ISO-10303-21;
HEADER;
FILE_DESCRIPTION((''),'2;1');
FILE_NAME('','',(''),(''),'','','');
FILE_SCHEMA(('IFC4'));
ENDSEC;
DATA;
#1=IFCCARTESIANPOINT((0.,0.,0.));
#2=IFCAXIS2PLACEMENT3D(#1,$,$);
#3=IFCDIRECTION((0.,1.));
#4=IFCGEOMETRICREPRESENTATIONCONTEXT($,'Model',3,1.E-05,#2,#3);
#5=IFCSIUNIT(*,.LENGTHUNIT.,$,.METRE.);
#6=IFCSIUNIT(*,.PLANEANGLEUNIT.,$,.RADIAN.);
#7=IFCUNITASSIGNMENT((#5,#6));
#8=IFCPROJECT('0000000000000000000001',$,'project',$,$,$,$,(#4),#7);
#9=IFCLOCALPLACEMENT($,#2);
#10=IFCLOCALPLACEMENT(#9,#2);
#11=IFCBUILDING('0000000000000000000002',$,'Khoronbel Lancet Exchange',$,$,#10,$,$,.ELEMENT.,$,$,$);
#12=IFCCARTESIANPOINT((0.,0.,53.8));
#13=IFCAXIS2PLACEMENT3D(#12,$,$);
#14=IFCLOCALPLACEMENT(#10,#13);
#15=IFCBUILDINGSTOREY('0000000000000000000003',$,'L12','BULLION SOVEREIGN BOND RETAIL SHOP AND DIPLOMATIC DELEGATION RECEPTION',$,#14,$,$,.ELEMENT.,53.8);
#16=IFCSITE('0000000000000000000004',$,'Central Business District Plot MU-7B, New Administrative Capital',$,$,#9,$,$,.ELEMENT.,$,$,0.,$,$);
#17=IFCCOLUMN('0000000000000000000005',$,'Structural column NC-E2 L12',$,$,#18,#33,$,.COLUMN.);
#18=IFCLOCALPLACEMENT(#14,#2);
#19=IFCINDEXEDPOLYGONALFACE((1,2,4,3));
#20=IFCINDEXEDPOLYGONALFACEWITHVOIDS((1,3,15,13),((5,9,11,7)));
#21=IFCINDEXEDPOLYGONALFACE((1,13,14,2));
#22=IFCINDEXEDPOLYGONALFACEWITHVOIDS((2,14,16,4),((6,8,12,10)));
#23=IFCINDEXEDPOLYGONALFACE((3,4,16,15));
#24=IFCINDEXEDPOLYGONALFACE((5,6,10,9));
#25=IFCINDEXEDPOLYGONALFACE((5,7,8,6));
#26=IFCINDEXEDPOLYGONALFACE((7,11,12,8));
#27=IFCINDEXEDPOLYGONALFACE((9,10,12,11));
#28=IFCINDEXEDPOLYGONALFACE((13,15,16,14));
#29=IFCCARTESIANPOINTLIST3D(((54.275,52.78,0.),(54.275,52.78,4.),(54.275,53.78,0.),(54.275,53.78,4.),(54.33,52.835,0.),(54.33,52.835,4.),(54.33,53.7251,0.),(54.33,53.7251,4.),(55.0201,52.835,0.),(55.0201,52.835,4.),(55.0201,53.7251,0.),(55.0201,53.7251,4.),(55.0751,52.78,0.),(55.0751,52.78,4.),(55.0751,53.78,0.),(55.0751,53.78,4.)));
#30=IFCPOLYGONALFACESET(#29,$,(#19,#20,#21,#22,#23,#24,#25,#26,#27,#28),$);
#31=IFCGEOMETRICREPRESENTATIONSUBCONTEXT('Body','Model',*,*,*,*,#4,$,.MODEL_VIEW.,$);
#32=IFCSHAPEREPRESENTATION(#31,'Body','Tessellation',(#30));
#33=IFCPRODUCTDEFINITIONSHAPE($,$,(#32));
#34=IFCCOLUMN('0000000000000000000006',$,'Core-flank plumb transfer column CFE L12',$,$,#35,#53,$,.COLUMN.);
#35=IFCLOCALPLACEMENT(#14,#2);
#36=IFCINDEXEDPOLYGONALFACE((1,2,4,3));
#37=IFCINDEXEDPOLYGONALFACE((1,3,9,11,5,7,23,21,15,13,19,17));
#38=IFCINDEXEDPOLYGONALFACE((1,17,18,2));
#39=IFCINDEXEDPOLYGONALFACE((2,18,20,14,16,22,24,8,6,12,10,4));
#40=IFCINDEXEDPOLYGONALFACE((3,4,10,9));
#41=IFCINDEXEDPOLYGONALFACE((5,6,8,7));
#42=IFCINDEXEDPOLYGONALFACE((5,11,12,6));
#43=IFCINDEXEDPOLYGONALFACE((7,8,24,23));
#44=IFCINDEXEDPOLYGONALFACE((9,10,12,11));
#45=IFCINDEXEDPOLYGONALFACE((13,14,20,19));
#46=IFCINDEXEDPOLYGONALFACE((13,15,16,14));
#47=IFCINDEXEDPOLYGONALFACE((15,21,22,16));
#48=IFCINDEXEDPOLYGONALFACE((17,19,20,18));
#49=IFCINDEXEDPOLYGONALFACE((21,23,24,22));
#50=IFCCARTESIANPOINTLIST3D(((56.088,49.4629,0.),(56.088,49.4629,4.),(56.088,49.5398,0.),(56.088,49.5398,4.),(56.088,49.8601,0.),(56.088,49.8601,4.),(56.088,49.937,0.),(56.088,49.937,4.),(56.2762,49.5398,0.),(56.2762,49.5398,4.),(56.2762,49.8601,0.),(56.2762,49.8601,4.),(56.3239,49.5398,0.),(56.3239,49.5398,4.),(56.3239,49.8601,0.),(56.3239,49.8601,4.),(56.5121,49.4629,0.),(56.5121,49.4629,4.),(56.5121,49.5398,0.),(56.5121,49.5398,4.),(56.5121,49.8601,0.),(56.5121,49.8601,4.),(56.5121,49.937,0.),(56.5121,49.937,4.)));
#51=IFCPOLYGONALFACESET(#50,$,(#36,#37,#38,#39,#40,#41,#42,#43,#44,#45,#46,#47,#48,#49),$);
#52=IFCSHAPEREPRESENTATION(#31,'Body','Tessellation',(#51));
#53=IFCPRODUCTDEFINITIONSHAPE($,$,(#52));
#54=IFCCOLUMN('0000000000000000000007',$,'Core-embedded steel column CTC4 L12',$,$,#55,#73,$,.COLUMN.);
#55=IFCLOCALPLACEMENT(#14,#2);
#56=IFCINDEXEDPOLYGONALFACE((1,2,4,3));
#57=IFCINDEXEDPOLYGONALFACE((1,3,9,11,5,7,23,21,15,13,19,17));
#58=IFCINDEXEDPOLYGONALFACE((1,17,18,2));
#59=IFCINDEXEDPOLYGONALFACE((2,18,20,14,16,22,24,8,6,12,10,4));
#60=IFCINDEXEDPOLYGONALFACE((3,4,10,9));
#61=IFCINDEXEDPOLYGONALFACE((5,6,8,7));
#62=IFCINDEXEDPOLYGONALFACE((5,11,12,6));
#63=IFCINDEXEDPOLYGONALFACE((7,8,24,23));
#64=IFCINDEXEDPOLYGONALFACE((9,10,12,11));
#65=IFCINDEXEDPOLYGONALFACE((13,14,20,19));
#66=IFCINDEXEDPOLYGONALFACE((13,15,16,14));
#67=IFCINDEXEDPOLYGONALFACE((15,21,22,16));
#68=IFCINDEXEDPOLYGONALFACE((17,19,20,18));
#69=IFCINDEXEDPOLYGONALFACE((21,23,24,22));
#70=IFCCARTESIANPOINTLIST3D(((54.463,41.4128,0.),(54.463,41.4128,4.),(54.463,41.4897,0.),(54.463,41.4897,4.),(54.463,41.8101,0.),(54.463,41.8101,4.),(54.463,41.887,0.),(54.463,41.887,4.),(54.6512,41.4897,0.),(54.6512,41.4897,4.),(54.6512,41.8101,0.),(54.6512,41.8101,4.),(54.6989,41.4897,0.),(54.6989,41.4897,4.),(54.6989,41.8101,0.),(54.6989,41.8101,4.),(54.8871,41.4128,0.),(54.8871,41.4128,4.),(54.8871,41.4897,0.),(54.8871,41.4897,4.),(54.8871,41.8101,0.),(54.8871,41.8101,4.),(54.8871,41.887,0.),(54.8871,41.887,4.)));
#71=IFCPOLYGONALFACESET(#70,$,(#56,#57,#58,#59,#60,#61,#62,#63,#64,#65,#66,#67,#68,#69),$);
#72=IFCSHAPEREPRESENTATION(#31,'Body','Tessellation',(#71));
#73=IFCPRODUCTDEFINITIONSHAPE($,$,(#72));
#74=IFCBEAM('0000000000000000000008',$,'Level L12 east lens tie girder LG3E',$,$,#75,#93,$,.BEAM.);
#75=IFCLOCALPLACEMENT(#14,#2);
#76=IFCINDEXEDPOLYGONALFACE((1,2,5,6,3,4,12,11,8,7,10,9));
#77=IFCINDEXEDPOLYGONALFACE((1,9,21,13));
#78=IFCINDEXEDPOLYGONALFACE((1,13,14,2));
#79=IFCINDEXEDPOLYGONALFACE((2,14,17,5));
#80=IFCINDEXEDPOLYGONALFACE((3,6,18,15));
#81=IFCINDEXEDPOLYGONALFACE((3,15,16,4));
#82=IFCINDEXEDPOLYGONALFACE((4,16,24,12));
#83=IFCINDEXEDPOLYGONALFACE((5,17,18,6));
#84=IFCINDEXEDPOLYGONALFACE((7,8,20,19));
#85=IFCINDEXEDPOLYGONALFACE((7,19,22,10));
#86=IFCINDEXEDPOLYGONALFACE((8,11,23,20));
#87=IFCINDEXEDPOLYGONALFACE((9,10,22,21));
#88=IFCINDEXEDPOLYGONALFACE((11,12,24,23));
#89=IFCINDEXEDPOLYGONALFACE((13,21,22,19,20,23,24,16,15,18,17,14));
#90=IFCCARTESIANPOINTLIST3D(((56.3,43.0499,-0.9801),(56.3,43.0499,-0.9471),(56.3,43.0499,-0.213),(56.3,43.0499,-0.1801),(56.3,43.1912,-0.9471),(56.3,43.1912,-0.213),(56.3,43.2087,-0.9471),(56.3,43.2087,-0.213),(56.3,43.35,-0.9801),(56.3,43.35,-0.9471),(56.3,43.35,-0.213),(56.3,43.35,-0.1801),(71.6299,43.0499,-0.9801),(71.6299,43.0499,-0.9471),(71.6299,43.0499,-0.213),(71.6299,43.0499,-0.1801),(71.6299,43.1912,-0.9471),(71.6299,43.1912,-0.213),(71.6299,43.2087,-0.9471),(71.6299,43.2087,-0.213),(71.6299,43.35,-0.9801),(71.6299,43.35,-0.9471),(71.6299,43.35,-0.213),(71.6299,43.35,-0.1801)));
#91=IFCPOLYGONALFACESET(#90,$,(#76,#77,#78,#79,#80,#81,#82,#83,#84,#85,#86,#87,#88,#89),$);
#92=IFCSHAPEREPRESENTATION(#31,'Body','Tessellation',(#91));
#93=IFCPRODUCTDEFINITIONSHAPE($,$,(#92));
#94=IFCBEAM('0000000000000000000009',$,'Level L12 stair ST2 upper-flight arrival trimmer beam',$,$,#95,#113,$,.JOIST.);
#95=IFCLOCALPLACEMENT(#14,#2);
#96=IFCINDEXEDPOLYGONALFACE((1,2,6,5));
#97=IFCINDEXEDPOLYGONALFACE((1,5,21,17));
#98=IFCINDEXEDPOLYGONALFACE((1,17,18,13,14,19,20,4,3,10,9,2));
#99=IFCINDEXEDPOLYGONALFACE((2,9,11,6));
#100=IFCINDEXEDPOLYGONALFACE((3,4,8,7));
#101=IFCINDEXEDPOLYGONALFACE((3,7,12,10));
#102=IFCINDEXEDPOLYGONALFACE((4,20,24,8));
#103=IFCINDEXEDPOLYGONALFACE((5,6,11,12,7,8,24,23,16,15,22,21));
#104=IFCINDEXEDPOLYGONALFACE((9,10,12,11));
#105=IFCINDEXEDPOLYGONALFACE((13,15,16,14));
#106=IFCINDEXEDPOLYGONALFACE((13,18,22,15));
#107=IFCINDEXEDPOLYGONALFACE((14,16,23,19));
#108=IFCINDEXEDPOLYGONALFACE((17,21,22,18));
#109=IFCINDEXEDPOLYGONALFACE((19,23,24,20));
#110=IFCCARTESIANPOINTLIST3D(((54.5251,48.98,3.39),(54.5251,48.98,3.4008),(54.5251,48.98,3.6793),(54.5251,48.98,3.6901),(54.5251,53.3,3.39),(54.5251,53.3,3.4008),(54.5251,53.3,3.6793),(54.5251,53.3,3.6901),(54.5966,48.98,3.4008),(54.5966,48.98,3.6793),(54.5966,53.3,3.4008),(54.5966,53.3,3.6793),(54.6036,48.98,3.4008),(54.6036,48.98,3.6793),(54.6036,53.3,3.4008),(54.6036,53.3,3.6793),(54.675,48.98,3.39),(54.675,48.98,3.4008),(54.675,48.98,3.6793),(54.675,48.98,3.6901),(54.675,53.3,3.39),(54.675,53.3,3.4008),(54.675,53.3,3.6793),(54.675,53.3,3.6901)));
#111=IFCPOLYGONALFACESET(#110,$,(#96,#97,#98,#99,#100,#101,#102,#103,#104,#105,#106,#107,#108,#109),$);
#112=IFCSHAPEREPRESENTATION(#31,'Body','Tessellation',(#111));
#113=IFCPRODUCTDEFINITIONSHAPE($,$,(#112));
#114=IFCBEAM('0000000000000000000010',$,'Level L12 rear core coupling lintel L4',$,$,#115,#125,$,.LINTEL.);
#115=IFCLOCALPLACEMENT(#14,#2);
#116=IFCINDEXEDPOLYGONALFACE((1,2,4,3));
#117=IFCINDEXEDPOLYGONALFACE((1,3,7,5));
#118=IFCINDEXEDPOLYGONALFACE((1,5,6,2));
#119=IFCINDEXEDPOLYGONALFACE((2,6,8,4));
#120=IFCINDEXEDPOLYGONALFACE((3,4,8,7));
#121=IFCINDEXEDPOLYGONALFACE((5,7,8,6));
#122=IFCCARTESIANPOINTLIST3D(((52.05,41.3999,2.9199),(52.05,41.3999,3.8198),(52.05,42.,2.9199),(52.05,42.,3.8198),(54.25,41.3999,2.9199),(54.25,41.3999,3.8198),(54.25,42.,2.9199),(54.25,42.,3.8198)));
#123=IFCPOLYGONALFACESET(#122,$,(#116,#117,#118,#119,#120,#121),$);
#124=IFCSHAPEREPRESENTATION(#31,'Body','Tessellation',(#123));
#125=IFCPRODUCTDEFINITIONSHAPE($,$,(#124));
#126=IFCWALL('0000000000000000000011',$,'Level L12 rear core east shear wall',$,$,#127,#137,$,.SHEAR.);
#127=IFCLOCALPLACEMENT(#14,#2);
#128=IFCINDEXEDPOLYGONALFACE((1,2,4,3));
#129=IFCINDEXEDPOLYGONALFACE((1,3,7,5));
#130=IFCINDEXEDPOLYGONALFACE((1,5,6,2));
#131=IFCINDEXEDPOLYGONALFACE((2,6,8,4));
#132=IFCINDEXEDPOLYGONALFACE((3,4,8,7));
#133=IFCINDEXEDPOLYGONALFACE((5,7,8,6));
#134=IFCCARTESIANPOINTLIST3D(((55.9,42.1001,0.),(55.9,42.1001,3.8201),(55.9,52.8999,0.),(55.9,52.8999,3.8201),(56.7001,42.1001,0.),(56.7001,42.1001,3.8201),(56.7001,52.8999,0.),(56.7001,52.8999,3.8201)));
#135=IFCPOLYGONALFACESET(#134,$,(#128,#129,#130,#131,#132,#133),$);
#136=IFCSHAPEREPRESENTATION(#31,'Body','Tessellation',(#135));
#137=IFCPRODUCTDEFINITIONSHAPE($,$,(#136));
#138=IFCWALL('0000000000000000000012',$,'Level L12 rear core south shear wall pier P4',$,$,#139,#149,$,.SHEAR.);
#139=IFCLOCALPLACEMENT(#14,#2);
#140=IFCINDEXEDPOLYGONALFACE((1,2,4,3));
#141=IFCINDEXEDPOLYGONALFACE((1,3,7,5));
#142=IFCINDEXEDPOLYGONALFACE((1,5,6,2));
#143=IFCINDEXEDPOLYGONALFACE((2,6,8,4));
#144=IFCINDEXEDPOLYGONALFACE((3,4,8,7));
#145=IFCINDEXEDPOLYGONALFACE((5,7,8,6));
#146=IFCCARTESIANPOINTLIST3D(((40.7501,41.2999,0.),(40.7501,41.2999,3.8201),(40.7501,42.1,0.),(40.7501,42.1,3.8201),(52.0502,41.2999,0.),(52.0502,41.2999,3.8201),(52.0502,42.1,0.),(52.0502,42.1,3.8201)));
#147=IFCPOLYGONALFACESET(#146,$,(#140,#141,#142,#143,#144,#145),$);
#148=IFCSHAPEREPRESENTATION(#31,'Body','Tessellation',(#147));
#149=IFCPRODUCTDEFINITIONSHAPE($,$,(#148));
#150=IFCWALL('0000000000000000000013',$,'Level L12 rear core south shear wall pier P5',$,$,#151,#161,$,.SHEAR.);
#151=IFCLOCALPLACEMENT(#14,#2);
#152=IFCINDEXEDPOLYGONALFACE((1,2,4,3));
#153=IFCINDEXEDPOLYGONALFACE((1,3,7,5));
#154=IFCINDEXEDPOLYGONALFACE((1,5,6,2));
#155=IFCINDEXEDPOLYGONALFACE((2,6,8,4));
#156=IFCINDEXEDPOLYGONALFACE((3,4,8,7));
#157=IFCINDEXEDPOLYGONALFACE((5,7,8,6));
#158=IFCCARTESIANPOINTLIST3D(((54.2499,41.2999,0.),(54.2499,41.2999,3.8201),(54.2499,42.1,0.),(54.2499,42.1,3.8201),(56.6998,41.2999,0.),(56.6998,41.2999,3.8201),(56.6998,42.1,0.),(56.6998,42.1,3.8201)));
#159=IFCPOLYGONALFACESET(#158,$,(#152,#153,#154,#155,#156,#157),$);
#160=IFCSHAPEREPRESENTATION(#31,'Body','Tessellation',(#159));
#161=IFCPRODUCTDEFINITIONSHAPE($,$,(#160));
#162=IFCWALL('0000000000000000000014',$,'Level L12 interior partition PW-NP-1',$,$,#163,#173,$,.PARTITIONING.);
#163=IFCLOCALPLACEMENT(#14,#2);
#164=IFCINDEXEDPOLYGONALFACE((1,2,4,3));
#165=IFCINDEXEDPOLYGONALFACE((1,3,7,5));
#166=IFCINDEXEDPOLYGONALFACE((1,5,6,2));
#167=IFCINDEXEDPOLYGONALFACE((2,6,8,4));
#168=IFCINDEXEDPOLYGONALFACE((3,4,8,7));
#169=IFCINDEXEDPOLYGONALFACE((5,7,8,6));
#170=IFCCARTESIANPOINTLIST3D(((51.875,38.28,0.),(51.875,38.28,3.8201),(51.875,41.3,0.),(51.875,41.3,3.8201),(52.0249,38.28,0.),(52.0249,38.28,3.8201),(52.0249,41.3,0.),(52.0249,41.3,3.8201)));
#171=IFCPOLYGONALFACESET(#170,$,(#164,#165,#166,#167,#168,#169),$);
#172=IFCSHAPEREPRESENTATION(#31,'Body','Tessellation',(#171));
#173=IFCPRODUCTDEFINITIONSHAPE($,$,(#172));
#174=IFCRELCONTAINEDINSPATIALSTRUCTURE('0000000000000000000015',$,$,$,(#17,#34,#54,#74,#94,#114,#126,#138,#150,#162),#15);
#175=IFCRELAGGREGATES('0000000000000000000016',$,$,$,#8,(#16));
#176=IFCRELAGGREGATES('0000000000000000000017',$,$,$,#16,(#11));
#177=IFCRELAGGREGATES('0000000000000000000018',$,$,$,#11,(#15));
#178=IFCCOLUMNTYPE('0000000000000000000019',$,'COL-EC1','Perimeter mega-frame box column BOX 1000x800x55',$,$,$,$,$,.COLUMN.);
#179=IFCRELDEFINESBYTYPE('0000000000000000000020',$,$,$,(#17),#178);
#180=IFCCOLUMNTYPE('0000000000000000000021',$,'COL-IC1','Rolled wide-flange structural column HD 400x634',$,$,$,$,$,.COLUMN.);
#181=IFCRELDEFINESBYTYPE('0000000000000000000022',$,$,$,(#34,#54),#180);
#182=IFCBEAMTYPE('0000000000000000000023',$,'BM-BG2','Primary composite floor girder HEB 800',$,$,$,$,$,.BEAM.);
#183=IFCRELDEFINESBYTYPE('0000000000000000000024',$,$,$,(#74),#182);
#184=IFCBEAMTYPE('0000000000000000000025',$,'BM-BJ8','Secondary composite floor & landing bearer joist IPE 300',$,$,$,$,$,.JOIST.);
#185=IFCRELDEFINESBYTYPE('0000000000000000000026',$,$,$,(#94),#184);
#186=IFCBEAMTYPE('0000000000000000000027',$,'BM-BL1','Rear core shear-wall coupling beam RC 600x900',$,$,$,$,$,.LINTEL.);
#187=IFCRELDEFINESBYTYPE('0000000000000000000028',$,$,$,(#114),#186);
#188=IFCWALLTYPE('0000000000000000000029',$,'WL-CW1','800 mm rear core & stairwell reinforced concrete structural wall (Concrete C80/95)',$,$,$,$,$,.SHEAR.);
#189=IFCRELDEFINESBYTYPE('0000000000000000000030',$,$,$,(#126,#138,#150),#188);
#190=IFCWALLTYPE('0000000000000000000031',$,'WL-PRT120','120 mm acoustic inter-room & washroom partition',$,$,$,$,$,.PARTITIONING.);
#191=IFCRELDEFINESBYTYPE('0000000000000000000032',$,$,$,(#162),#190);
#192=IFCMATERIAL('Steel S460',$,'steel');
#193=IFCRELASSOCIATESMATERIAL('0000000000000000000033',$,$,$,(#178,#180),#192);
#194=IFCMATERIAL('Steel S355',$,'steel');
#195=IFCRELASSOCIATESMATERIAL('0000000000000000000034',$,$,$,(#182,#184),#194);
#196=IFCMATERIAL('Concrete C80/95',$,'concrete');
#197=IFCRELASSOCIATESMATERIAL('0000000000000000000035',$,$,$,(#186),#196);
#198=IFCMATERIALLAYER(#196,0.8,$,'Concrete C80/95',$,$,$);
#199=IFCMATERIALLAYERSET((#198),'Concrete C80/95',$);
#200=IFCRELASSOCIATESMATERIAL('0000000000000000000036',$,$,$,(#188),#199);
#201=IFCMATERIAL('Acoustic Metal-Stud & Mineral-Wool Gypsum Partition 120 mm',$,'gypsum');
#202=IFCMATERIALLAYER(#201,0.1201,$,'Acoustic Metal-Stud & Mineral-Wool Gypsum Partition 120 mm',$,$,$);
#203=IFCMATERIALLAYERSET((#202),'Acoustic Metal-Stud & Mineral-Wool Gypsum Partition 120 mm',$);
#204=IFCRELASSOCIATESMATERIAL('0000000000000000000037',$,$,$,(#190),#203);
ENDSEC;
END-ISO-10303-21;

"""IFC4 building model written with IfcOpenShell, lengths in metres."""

from ifc_helpers import new_model, si_unit, direction, frame, frame_2d, origin, origin_2d, place, context, subcontext, project, spatial, rectangle, hollow_rectangle, i_section, extrude, material, layer, layer_set, material_profile, profile_set, type_object, element, save


model = new_model("IFC4")

# Units and contexts
model_context = context("Model", 3, precision=1e-05, world=origin(), true_north=direction((0.0, 1.0)))
body_context = subcontext(model_context, "Body", "Model", "MODEL_VIEW")
ifc_project = project(units=[si_unit("LENGTHUNIT", "METRE"), si_unit("PLANEANGLEUNIT", "RADIAN")], contexts=[model_context])

# Site, building, storey
site_placement = place(None, origin())
site = spatial("IfcSite", under=ifc_project, at=site_placement, Name="Central Business District Plot MU-7B, New Administrative Capital", CompositionType="ELEMENT", RefElevation=0.0)
building_placement = place(site_placement, origin())
building = spatial("IfcBuilding", under=site, at=building_placement, Name="Khoronbel Lancet Exchange", CompositionType="ELEMENT")
storey_placement = place(building_placement, frame((0.0, 0.0, 53.8)))
storey = spatial("IfcBuildingStorey", under=building, at=storey_placement, Name="L12", Description="BULLION SOVEREIGN BOND RETAIL SHOP AND DIPLOMATIC DELEGATION RECEPTION", CompositionType="ELEMENT", Elevation=53.8)

# Columns
ifc_material_1 = material(Name="Steel S460", Category="steel")
ifc_material_profile_1 = material_profile(ifc_material_1, hollow_rectangle(XDim=0.8, YDim=1.0, WallThickness=0.0549, at=origin_2d()), Name="BOX 1000x800x55")
ifc_profile_set_1 = profile_set([ifc_material_profile_1], Name="Steel S460")
column_type_1 = type_object("IfcColumnType", Name="COL-EC1", Description="Perimeter mega-frame box column BOX 1000x800x55", PredefinedType="COLUMN", material=ifc_profile_set_1)
column_placement = place(storey_placement, frame((54.675, 53.28, 0.0), z_axis=(0.0, 0.0, 1.0), x_axis=(1.0, 0.0, 0.0)))
element("IfcColumn", 1, at=column_placement, inside=storey, type_object=column_type_1, Name="Structural column NC-E2 L12", PredefinedType="COLUMN", context=body_context, shape_type="SweptSolid", body=[
    extrude(hollow_rectangle(XDim=0.8, YDim=1.0, WallThickness=0.0549, at=origin_2d()), origin(), (0.0, 0.0, 1.0), 4.0),
])
ifc_material_profile_2 = material_profile(ifc_material_1, i_section(OverallWidth=0.4241, OverallDepth=0.4741, WebThickness=0.0476, FlangeThickness=0.0769, at=origin_2d()), Name="HD 400x634")
ifc_profile_set_2 = profile_set([ifc_material_profile_2], Name="Steel S460")
column_type_2 = type_object("IfcColumnType", Name="COL-IC1", Description="Rolled wide-flange structural column HD 400x634", PredefinedType="COLUMN", material=ifc_profile_set_2)
for number, where, z_axis, x_axis, name in (
    (2, (56.3, 49.7, 0.0), (0.0, 0.0, 1.0), (1.0, 0.0, 0.0), "Core-flank plumb transfer column CFE L12"),
    (3, (54.675, 41.6499, 0.0), (0.0, 0.0, 1.0), (1.0, 0.0, 0.0), "Core-embedded steel column CTC4 L12"),
):
    element("IfcColumn", number, at=place(storey_placement, frame(where, z_axis=z_axis, x_axis=x_axis)), inside=storey, type_object=column_type_2, Name=name, PredefinedType="COLUMN", context=body_context, shape_type="SweptSolid", body=[
        extrude(i_section(OverallWidth=0.4241, OverallDepth=0.4741, WebThickness=0.0476, FlangeThickness=0.0769, at=origin_2d()), origin(), (0.0, 0.0, 1.0), 4.0),
    ])

# Beams
ifc_material_2 = material(Name="Steel S355", Category="steel")
ifc_material_profile_3 = material_profile(ifc_material_2, i_section(OverallWidth=0.3, OverallDepth=0.8, WebThickness=0.0176, FlangeThickness=0.033, at=origin_2d()), Name="HEB 800")
ifc_profile_set_3 = profile_set([ifc_material_profile_3], Name="Steel S355")
beam_type_1 = type_object("IfcBeamType", Name="BM-BG2", Description="Primary composite floor girder HEB 800", PredefinedType="BEAM", material=ifc_profile_set_3)
beam_1_placement = place(storey_placement, frame((56.3, 43.2, -0.5801), z_axis=(1.0, 0.0, 0.0), x_axis=(0.0, 1.0, 0.0)))
element("IfcBeam", 4, at=beam_1_placement, inside=storey, type_object=beam_type_1, Name="Level L12 east lens tie girder LG3E", PredefinedType="BEAM", context=body_context, shape_type="SweptSolid", body=[
    extrude(i_section(OverallWidth=0.3, OverallDepth=0.8, WebThickness=0.0176, FlangeThickness=0.033, at=origin_2d()), origin(), (0.0, 0.0, 1.0), 15.3298),
])
ifc_material_profile_4 = material_profile(ifc_material_2, i_section(OverallWidth=0.1499, OverallDepth=0.3, WebThickness=0.0071, FlangeThickness=0.0107, at=origin_2d()), Name="IPE 300")
ifc_profile_set_4 = profile_set([ifc_material_profile_4], Name="Steel S355")
beam_type_2 = type_object("IfcBeamType", Name="BM-BJ8", Description="Secondary composite floor & landing bearer joist IPE 300", PredefinedType="JOIST", material=ifc_profile_set_4)
beam_2_placement = place(storey_placement, frame((54.6001, 48.98, 3.54), z_axis=(0.0, 1.0, 0.0), x_axis=(-1.0, 0.0, 0.0)))
element("IfcBeam", 5, at=beam_2_placement, inside=storey, type_object=beam_type_2, Name="Level L12 stair ST2 upper-flight arrival trimmer beam", PredefinedType="JOIST", context=body_context, shape_type="SweptSolid", body=[
    extrude(i_section(OverallWidth=0.1499, OverallDepth=0.3, WebThickness=0.0071, FlangeThickness=0.0107, at=origin_2d()), origin(), (0.0, 0.0, 1.0), 4.3201),
])
ifc_material_3 = material(Name="Concrete C80/95", Category="concrete")
ifc_material_profile_5 = material_profile(ifc_material_3, rectangle(XDim=0.6001, YDim=0.8999, at=origin_2d()), Name="RC 600x900")
ifc_profile_set_5 = profile_set([ifc_material_profile_5], Name="Concrete C80/95")
beam_type_3 = type_object("IfcBeamType", Name="BM-BL1", Description="Rear core shear-wall coupling beam RC 600x900", PredefinedType="LINTEL", material=ifc_profile_set_5)
beam_3_placement = place(storey_placement, frame((52.05, 41.7, 3.3699), z_axis=(1.0, 0.0, 0.0), x_axis=(0.0, 1.0, 0.0)))
element("IfcBeam", 6, at=beam_3_placement, inside=storey, type_object=beam_type_3, Name="Level L12 rear core coupling lintel L4", PredefinedType="LINTEL", context=body_context, shape_type="SweptSolid", body=[
    extrude(rectangle(XDim=0.6001, YDim=0.8999, at=origin_2d()), origin(), (0.0, 0.0, 1.0), 2.2),
])

# Walls
ifc_layer_1 = layer(ifc_material_3, 0.8, Name="Concrete C80/95")
ifc_layer_set_1 = layer_set([ifc_layer_1], Name="Concrete C80/95")
wall_type_1 = type_object("IfcWallType", Name="WL-CW1", Description="800 mm rear core & stairwell reinforced concrete structural wall (Concrete C80/95)", PredefinedType="SHEAR", material=ifc_layer_set_1)
wall_1_placement = place(storey_placement, frame((56.3, 52.8999, 0.0), z_axis=(0.0, 0.0, 1.0), x_axis=(0.0, -1.0, 0.0)))
element("IfcWall", 7, at=wall_1_placement, inside=storey, type_object=wall_type_1, Name="Level L12 rear core east shear wall", PredefinedType="SHEAR", context=body_context, shape_type="SweptSolid", body=[
    extrude(rectangle(XDim=10.7998, YDim=0.8, at=frame_2d((5.3999, 0.0))), origin(), (0.0, 0.0, 1.0), 3.8201),
])
wall_2_placement = place(storey_placement, frame((52.05, 41.7, 0.0), z_axis=(0.0, 0.0, 1.0), x_axis=(-1.0, 0.0, 0.0)))
element("IfcWall", 8, at=wall_2_placement, inside=storey, type_object=wall_type_1, Name="Level L12 rear core south shear wall pier P4", PredefinedType="SHEAR", context=body_context, shape_type="SweptSolid", body=[
    extrude(rectangle(XDim=11.3, YDim=0.8, at=frame_2d((5.6499, 0.0))), origin(), (0.0, 0.0, 1.0), 3.8201),
])
wall_3_placement = place(storey_placement, frame((56.7, 41.7, 0.0), z_axis=(0.0, 0.0, 1.0), x_axis=(-1.0, 0.0, 0.0)))
element("IfcWall", 9, at=wall_3_placement, inside=storey, type_object=wall_type_1, Name="Level L12 rear core south shear wall pier P5", PredefinedType="SHEAR", context=body_context, shape_type="SweptSolid", body=[
    extrude(rectangle(XDim=2.45, YDim=0.8, at=frame_2d((1.2251, 0.0))), origin(), (0.0, 0.0, 1.0), 3.8201),
])
ifc_material_4 = material(Name="Acoustic Metal-Stud & Mineral-Wool Gypsum Partition 120 mm", Category="gypsum")
ifc_layer_2 = layer(ifc_material_4, 0.1201, Name="Acoustic Metal-Stud & Mineral-Wool Gypsum Partition 120 mm")
ifc_layer_set_2 = layer_set([ifc_layer_2], Name="Acoustic Metal-Stud & Mineral-Wool Gypsum Partition 120 mm")
wall_type_2 = type_object("IfcWallType", Name="WL-PRT120", Description="120 mm acoustic inter-room & washroom partition", PredefinedType="PARTITIONING", material=ifc_layer_set_2)
wall_4_placement = place(storey_placement, frame((51.95, 38.28, 0.0), z_axis=(0.0, 0.0, 1.0), x_axis=(0.0, 1.0, 0.0)))
element("IfcWall", 10, at=wall_4_placement, inside=storey, type_object=wall_type_2, Name="Level L12 interior partition PW-NP-1", PredefinedType="PARTITIONING", context=body_context, shape_type="SweptSolid", body=[
    extrude(rectangle(XDim=3.02, YDim=0.1499, at=frame_2d((1.51, 0.0))), origin(), (0.0, 0.0, 1.0), 3.8201),
])

save(model, "model.ifc")
